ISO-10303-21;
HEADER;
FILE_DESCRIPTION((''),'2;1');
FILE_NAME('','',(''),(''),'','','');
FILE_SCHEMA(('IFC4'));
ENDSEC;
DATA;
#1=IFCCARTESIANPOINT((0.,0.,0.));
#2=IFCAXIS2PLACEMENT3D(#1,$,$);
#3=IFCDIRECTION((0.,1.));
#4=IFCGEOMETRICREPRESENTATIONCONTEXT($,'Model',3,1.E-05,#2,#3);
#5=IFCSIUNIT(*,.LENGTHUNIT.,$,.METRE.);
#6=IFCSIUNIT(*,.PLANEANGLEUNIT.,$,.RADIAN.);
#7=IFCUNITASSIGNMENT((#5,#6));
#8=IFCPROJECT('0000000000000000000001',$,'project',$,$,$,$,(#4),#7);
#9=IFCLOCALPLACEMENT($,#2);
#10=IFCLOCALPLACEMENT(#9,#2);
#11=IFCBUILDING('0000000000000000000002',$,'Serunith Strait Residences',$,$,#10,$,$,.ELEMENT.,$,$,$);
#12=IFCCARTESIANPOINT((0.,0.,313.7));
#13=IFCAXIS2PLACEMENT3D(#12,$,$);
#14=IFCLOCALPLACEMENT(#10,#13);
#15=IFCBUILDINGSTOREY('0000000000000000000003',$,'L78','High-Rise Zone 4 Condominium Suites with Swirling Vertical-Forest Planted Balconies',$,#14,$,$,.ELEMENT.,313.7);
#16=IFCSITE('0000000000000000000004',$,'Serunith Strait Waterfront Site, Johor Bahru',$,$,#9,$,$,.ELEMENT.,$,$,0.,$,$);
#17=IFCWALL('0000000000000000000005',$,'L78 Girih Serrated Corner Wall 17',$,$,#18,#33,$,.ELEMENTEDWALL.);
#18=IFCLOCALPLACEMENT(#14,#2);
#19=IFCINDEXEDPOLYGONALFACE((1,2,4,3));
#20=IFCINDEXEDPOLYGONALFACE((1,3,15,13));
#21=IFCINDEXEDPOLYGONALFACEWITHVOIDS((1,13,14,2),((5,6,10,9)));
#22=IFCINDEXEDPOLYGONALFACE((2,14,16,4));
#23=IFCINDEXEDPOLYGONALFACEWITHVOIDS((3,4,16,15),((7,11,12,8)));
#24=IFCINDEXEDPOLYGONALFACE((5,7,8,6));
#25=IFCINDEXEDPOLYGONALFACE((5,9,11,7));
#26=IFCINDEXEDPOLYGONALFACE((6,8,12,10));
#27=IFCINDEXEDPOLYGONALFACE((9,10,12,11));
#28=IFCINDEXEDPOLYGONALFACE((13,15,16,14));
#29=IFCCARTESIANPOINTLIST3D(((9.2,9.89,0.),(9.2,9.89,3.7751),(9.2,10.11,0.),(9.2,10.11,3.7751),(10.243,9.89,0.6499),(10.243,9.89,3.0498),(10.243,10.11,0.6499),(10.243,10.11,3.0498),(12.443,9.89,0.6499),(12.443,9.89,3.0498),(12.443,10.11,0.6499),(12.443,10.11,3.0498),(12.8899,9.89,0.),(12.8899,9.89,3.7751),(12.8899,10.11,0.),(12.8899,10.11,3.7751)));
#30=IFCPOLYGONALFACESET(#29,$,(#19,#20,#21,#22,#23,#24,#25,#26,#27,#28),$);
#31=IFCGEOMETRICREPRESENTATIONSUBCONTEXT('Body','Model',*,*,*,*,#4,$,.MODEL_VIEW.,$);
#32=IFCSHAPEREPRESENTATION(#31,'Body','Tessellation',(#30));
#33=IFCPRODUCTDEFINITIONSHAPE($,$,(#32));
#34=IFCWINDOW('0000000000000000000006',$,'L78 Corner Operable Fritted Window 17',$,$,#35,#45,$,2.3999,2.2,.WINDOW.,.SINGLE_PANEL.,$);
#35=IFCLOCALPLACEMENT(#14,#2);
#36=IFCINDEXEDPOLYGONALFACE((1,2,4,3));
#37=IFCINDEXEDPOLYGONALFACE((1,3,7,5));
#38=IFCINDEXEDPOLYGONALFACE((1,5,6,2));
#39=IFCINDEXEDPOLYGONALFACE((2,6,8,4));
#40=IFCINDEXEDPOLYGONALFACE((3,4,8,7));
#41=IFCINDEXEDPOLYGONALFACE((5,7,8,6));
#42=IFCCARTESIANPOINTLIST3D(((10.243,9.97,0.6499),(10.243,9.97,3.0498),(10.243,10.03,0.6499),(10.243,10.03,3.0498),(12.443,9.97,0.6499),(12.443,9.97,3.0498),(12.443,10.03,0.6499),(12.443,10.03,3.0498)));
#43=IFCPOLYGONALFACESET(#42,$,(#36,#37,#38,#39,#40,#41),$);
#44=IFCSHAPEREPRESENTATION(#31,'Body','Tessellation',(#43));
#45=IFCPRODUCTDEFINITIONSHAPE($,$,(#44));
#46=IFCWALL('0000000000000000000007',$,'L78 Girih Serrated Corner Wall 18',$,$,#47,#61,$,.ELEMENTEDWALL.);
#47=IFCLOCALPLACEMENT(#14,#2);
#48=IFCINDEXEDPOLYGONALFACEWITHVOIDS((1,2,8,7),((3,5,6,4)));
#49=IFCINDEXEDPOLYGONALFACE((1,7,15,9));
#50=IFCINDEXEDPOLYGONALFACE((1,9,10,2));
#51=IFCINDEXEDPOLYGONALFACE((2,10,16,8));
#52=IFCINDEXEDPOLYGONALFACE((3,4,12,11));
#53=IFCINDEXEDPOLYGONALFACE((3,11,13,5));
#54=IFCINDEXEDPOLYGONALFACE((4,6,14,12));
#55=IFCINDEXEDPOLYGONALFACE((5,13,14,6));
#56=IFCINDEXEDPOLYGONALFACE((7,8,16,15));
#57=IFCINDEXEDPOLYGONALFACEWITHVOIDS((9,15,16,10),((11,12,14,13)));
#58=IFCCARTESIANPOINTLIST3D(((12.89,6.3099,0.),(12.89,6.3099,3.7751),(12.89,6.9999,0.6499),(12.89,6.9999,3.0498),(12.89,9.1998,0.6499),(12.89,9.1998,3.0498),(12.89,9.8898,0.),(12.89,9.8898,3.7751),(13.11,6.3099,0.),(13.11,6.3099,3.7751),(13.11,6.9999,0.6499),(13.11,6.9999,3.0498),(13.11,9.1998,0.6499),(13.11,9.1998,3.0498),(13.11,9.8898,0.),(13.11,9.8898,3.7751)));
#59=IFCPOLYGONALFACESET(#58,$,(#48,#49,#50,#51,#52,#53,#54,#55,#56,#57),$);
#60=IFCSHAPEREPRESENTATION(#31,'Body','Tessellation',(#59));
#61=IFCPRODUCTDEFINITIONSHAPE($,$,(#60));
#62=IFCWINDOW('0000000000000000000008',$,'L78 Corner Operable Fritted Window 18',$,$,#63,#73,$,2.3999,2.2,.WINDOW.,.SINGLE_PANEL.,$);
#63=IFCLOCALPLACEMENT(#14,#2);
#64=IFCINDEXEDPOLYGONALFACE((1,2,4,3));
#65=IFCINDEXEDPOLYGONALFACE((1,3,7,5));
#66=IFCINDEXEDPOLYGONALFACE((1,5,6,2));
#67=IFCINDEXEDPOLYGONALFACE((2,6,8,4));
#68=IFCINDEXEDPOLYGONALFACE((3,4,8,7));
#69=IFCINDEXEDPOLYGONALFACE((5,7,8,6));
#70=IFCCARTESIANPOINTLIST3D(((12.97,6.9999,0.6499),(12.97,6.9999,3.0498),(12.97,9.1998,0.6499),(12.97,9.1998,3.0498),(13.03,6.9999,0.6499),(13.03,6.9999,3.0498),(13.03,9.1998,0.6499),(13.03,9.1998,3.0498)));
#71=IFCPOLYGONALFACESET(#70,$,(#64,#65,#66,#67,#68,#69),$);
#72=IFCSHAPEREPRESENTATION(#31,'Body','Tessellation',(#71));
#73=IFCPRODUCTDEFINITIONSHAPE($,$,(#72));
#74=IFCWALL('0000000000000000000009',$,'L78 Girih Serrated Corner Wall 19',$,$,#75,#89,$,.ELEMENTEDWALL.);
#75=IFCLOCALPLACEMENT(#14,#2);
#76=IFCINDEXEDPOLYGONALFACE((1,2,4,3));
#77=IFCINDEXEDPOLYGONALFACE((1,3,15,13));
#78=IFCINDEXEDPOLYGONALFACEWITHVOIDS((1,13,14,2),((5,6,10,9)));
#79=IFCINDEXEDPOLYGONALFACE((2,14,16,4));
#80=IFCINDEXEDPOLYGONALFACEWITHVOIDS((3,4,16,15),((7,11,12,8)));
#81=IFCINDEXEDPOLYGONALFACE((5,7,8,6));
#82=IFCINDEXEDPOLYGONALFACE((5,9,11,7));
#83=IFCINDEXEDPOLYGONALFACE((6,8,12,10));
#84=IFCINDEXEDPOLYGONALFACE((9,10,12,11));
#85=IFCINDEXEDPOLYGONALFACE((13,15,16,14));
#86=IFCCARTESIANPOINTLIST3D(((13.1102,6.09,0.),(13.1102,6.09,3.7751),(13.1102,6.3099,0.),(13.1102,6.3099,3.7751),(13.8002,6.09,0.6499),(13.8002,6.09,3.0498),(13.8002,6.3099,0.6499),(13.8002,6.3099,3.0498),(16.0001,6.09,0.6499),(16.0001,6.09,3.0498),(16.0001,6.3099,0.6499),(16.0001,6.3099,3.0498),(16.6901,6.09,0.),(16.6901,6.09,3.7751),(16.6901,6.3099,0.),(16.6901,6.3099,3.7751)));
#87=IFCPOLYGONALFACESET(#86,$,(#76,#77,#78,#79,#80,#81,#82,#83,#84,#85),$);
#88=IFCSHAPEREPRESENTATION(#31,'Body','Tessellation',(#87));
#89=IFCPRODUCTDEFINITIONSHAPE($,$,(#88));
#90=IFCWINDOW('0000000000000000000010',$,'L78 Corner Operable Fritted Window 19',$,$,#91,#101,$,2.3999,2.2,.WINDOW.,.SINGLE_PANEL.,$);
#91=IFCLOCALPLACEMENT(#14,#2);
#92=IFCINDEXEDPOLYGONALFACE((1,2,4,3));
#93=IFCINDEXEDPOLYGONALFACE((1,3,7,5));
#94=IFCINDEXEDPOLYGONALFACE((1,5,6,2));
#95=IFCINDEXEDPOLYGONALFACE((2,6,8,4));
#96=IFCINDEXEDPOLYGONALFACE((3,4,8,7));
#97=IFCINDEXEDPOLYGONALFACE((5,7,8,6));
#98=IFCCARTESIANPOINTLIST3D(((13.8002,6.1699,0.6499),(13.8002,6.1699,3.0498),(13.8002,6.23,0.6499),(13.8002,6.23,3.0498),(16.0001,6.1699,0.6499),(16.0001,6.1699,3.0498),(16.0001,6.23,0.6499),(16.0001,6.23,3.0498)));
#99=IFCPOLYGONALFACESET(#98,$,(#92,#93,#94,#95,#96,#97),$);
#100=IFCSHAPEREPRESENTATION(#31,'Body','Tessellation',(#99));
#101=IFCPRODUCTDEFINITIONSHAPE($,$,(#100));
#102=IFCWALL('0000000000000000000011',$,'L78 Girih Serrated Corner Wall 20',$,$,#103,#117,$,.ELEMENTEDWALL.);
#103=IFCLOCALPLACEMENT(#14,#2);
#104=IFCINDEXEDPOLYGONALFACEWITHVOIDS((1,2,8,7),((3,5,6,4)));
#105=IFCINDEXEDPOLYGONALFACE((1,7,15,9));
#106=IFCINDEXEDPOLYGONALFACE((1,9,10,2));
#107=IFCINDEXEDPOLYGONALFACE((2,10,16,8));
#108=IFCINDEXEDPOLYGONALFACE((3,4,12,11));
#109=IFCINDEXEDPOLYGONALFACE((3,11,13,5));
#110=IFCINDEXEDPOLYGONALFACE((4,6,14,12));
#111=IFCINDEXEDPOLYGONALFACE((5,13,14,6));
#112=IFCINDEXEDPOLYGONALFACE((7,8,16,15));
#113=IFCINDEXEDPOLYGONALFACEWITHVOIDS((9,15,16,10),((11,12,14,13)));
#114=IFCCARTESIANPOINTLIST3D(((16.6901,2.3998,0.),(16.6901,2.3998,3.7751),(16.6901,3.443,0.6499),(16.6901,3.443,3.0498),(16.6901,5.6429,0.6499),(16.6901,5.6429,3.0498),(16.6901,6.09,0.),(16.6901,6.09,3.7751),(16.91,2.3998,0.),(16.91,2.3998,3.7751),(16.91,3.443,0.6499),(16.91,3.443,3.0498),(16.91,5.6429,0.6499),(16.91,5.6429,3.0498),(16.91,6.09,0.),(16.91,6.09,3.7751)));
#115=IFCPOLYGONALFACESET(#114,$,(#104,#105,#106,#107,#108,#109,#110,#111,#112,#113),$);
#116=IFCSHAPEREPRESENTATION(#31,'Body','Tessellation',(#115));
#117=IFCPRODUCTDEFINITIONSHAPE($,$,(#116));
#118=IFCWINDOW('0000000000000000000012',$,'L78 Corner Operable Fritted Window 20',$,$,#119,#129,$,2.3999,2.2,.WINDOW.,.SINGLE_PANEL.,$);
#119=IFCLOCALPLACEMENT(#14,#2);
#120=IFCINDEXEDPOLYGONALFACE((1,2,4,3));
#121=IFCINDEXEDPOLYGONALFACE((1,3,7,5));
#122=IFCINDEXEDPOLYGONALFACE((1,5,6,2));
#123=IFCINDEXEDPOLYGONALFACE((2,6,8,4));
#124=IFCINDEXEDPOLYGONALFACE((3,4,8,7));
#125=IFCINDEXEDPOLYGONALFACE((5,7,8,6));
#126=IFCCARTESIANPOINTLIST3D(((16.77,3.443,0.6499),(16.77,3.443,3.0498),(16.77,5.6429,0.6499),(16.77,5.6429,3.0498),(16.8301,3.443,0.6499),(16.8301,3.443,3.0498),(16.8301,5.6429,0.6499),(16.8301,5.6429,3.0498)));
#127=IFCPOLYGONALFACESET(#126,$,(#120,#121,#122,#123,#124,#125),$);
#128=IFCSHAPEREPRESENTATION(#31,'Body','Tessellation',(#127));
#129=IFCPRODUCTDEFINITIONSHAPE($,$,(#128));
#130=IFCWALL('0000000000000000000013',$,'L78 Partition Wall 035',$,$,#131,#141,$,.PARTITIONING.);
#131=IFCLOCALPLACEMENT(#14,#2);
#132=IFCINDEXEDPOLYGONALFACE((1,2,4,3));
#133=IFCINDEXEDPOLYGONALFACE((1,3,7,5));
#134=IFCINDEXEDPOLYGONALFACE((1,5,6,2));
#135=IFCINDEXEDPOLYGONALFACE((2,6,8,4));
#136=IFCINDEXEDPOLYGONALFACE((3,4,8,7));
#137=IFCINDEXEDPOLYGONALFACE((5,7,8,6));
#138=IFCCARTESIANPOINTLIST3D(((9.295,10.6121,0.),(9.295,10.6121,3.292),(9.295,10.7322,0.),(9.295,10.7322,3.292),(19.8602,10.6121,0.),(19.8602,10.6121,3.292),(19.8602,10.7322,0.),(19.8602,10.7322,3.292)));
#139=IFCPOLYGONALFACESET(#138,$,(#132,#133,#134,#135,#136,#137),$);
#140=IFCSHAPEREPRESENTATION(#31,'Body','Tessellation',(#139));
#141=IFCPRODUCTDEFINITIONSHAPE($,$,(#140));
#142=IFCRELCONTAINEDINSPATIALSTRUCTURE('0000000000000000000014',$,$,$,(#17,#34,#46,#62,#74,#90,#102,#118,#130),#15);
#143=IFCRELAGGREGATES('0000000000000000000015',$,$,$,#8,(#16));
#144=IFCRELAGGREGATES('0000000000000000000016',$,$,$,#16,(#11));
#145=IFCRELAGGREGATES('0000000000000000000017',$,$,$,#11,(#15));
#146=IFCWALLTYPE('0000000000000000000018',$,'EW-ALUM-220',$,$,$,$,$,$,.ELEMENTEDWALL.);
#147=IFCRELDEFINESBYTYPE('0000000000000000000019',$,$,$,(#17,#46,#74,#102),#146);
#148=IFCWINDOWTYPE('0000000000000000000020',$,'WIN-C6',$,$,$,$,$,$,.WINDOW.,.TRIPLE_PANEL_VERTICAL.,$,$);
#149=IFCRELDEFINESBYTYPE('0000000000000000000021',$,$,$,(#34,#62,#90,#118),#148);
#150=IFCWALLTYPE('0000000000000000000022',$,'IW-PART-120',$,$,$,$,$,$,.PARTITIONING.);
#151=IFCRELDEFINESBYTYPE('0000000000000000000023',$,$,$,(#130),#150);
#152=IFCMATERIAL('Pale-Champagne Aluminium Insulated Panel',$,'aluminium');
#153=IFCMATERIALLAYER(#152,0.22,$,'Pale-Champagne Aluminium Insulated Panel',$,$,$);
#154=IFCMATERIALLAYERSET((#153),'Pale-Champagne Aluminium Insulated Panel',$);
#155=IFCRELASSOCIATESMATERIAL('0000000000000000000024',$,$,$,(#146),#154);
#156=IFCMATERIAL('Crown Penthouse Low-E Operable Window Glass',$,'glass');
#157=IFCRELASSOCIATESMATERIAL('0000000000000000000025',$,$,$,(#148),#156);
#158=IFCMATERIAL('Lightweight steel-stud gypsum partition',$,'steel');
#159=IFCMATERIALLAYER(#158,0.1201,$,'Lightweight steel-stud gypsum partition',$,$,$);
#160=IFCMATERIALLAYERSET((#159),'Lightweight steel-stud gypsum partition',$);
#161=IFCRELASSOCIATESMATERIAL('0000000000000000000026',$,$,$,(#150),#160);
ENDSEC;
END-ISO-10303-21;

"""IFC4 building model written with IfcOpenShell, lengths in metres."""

from ifc_helpers import new_model, si_unit, direction, frame, frame_2d, origin, place, context, subcontext, project, spatial, rectangle, extrude, source, transform, mapped, material, layer, layer_set, type_object, element, fill, save


model = new_model("IFC4")

# Units and contexts
model_context = context("Model", 3, precision=1e-05, world=origin(), true_north=direction((0.0, 1.0)))
body_context = subcontext(model_context, "Body", "Model", "MODEL_VIEW")
ifc_project = project(units=[si_unit("LENGTHUNIT", "METRE"), si_unit("PLANEANGLEUNIT", "RADIAN")], contexts=[model_context])

# Site, building, storey
site_placement = place(None, origin())
site = spatial("IfcSite", under=ifc_project, at=site_placement, Name="Serunith Strait Waterfront Site, Johor Bahru", CompositionType="ELEMENT", RefElevation=0.0)
building_placement = place(site_placement, origin())
building = spatial("IfcBuilding", under=site, at=building_placement, Name="Serunith Strait Residences", CompositionType="ELEMENT")
storey_placement = place(building_placement, frame((0.0, 0.0, 313.7)))
storey = spatial("IfcBuildingStorey", under=building, at=storey_placement, Name="L78", Description="High-Rise Zone 4 Condominium Suites with Swirling Vertical-Forest Planted Balconies", CompositionType="ELEMENT", Elevation=313.7)

# Walls, openings, windows
ifc_material_1 = material(Name="Pale-Champagne Aluminium Insulated Panel", Category="aluminium")
ifc_layer_1 = layer(ifc_material_1, 0.22, Name="Pale-Champagne Aluminium Insulated Panel")
ifc_layer_set_1 = layer_set([ifc_layer_1], Name="Pale-Champagne Aluminium Insulated Panel")
wall_type_1 = type_object("IfcWallType", Name="EW-ALUM-220", PredefinedType="ELEMENTEDWALL", material=ifc_layer_set_1)
wall_1_placement = place(storey_placement, frame((9.2, 10.0, 0.0), z_axis=(0.0, 0.0, 1.0), x_axis=(1.0, 0.0, 0.0)))
wall_1 = element("IfcWall", 1, at=wall_1_placement, inside=storey, type_object=wall_type_1, Name="L78 Girih Serrated Corner Wall 17", PredefinedType="ELEMENTEDWALL", context=body_context, shape_type="SweptSolid", body=[
    extrude(rectangle(XDim=3.6899, YDim=0.22, at=frame_2d((1.845, 0.0))), origin(), (0.0, 0.0, 1.0), 3.7751),
])
opening_1_placement = place(wall_1_placement, frame((1.043, 0.0, 0.6499)))
opening_1 = element("IfcOpeningElement", 2, at=opening_1_placement, cuts=wall_1, PredefinedType="OPENING", context=body_context, shape_type="SweptSolid", body=[
    extrude(rectangle(XDim=2.2, YDim=2.3999, at=frame_2d((1.1001, 1.2))), frame((0.0, 0.1201, 0.0), z_axis=(0.0, -1.0, 0.0), x_axis=(1.0, 0.0, 0.0)), (0.0, 0.0, 1.0), 0.24),
])
ifc_material_2 = material(Name="Crown Penthouse Low-E Operable Window Glass", Category="glass")
window_type = type_object("IfcWindowType", Name="WIN-C6", PartitioningType="TRIPLE_PANEL_VERTICAL", PredefinedType="WINDOW", material=ifc_material_2)
shared_shape_1 = source(origin(), body_context, "Body", "SweptSolid", [
    extrude(rectangle(XDim=2.2, YDim=2.3999, at=frame_2d((1.1001, 1.2))), frame((0.0, 0.03, 0.0), z_axis=(0.0, -1.0, 0.0), x_axis=(1.0, 0.0, 0.0)), (0.0, 0.0, 1.0), 0.0601),
])
window_1_placement = place(opening_1_placement, origin())
window_1 = element("IfcWindow", 3, at=window_1_placement, inside=storey, type_object=window_type, Name="L78 Corner Operable Fritted Window 17", OverallHeight=2.3999, OverallWidth=2.2, PartitioningType="SINGLE_PANEL", PredefinedType="WINDOW", context=body_context, shape_type="MappedRepresentation", body=[
    mapped(shared_shape_1, transform((0.0, 0.0, 0.0), scale=1.0)),
])
fill(opening_1, window_1)
wall_2_placement = place(storey_placement, frame((13.0, 9.8899, 0.0), z_axis=(0.0, 0.0, 1.0), x_axis=(0.0, -1.0, 0.0)))
wall_2 = element("IfcWall", 4, at=wall_2_placement, inside=storey, type_object=wall_type_1, Name="L78 Girih Serrated Corner Wall 18", PredefinedType="ELEMENTEDWALL", context=body_context, shape_type="SweptSolid", body=[
    extrude(rectangle(XDim=3.5798, YDim=0.22, at=frame_2d((1.79, 0.0))), origin(), (0.0, 0.0, 1.0), 3.7751),
])
opening_2_placement = place(wall_2_placement, frame((0.6899, 0.0, 0.6499)))
opening_2 = element("IfcOpeningElement", 5, at=opening_2_placement, cuts=wall_2, PredefinedType="OPENING", context=body_context, shape_type="SweptSolid", body=[
    extrude(rectangle(XDim=2.2, YDim=2.3999, at=frame_2d((1.1001, 1.2))), frame((0.0, 0.1201, 0.0), z_axis=(0.0, -1.0, 0.0), x_axis=(1.0, 0.0, 0.0)), (0.0, 0.0, 1.0), 0.24),
])
window_2_placement = place(opening_2_placement, origin())
window_2 = element("IfcWindow", 6, at=window_2_placement, inside=storey, type_object=window_type, Name="L78 Corner Operable Fritted Window 18", OverallHeight=2.3999, OverallWidth=2.2, PartitioningType="SINGLE_PANEL", PredefinedType="WINDOW", context=body_context, shape_type="MappedRepresentation", body=[
    mapped(shared_shape_1, transform((0.0, 0.0, 0.0), scale=1.0)),
])
fill(opening_2, window_2)
wall_3_placement = place(storey_placement, frame((13.1101, 6.2, 0.0), z_axis=(0.0, 0.0, 1.0), x_axis=(1.0, 0.0, 0.0)))
wall_3 = element("IfcWall", 7, at=wall_3_placement, inside=storey, type_object=wall_type_1, Name="L78 Girih Serrated Corner Wall 19", PredefinedType="ELEMENTEDWALL", context=body_context, shape_type="SweptSolid", body=[
    extrude(rectangle(XDim=3.5798, YDim=0.22, at=frame_2d((1.79, 0.0))), origin(), (0.0, 0.0, 1.0), 3.7751),
])
opening_3_placement = place(wall_3_placement, frame((0.6899, 0.0, 0.6499)))
opening_3 = element("IfcOpeningElement", 8, at=opening_3_placement, cuts=wall_3, PredefinedType="OPENING", context=body_context, shape_type="SweptSolid", body=[
    extrude(rectangle(XDim=2.2, YDim=2.3999, at=frame_2d((1.1001, 1.2))), frame((0.0, 0.1201, 0.0), z_axis=(0.0, -1.0, 0.0), x_axis=(1.0, 0.0, 0.0)), (0.0, 0.0, 1.0), 0.24),
])
window_3_placement = place(opening_3_placement, origin())
window_3 = element("IfcWindow", 9, at=window_3_placement, inside=storey, type_object=window_type, Name="L78 Corner Operable Fritted Window 19", OverallHeight=2.3999, OverallWidth=2.2, PartitioningType="SINGLE_PANEL", PredefinedType="WINDOW", context=body_context, shape_type="MappedRepresentation", body=[
    mapped(shared_shape_1, transform((0.0, 0.0, 0.0), scale=1.0)),
])
fill(opening_3, window_3)
wall_4_placement = place(storey_placement, frame((16.8, 6.0901, 0.0), z_axis=(0.0, 0.0, 1.0), x_axis=(0.0, -1.0, 0.0)))
wall_4 = element("IfcWall", 10, at=wall_4_placement, inside=storey, type_object=wall_type_1, Name="L78 Girih Serrated Corner Wall 20", PredefinedType="ELEMENTEDWALL", context=body_context, shape_type="SweptSolid", body=[
    extrude(rectangle(XDim=3.6902, YDim=0.22, at=frame_2d((1.8452, 0.0))), origin(), (0.0, 0.0, 1.0), 3.7751),
])
opening_4_placement = place(wall_4_placement, frame((0.447, 0.0, 0.6499)))
opening_4 = element("IfcOpeningElement", 11, at=opening_4_placement, cuts=wall_4, PredefinedType="OPENING", context=body_context, shape_type="SweptSolid", body=[
    extrude(rectangle(XDim=2.2, YDim=2.3999, at=frame_2d((1.1001, 1.2))), frame((0.0, 0.1201, 0.0), z_axis=(0.0, -1.0, 0.0), x_axis=(1.0, 0.0, 0.0)), (0.0, 0.0, 1.0), 0.24),
])
window_4_placement = place(opening_4_placement, origin())
window_4 = element("IfcWindow", 12, at=window_4_placement, inside=storey, type_object=window_type, Name="L78 Corner Operable Fritted Window 20", OverallHeight=2.3999, OverallWidth=2.2, PartitioningType="SINGLE_PANEL", PredefinedType="WINDOW", context=body_context, shape_type="MappedRepresentation", body=[
    mapped(shared_shape_1, transform((0.0, 0.0, 0.0), scale=1.0)),
])
fill(opening_4, window_4)

# Wall
ifc_material_3 = material(Name="Lightweight steel-stud gypsum partition", Category="steel")
ifc_layer_2 = layer(ifc_material_3, 0.1201, Name="Lightweight steel-stud gypsum partition")
ifc_layer_set_2 = layer_set([ifc_layer_2], Name="Lightweight steel-stud gypsum partition")
wall_type_2 = type_object("IfcWallType", Name="IW-PART-120", PredefinedType="PARTITIONING", material=ifc_layer_set_2)
wall_5_placement = place(storey_placement, frame((9.2949, 10.6721, 0.0), z_axis=(0.0, 0.0, 1.0), x_axis=(1.0, 0.0, 0.0)))
element("IfcWall", 13, at=wall_5_placement, inside=storey, type_object=wall_type_2, Name="L78 Partition Wall 035", PredefinedType="PARTITIONING", context=body_context, shape_type="SweptSolid", body=[
    extrude(rectangle(XDim=10.5652, YDim=0.1201, at=frame_2d((5.2827, 0.0))), origin(), (0.0, 0.0, 1.0), 3.292),
])

save(model, "model.ifc")
